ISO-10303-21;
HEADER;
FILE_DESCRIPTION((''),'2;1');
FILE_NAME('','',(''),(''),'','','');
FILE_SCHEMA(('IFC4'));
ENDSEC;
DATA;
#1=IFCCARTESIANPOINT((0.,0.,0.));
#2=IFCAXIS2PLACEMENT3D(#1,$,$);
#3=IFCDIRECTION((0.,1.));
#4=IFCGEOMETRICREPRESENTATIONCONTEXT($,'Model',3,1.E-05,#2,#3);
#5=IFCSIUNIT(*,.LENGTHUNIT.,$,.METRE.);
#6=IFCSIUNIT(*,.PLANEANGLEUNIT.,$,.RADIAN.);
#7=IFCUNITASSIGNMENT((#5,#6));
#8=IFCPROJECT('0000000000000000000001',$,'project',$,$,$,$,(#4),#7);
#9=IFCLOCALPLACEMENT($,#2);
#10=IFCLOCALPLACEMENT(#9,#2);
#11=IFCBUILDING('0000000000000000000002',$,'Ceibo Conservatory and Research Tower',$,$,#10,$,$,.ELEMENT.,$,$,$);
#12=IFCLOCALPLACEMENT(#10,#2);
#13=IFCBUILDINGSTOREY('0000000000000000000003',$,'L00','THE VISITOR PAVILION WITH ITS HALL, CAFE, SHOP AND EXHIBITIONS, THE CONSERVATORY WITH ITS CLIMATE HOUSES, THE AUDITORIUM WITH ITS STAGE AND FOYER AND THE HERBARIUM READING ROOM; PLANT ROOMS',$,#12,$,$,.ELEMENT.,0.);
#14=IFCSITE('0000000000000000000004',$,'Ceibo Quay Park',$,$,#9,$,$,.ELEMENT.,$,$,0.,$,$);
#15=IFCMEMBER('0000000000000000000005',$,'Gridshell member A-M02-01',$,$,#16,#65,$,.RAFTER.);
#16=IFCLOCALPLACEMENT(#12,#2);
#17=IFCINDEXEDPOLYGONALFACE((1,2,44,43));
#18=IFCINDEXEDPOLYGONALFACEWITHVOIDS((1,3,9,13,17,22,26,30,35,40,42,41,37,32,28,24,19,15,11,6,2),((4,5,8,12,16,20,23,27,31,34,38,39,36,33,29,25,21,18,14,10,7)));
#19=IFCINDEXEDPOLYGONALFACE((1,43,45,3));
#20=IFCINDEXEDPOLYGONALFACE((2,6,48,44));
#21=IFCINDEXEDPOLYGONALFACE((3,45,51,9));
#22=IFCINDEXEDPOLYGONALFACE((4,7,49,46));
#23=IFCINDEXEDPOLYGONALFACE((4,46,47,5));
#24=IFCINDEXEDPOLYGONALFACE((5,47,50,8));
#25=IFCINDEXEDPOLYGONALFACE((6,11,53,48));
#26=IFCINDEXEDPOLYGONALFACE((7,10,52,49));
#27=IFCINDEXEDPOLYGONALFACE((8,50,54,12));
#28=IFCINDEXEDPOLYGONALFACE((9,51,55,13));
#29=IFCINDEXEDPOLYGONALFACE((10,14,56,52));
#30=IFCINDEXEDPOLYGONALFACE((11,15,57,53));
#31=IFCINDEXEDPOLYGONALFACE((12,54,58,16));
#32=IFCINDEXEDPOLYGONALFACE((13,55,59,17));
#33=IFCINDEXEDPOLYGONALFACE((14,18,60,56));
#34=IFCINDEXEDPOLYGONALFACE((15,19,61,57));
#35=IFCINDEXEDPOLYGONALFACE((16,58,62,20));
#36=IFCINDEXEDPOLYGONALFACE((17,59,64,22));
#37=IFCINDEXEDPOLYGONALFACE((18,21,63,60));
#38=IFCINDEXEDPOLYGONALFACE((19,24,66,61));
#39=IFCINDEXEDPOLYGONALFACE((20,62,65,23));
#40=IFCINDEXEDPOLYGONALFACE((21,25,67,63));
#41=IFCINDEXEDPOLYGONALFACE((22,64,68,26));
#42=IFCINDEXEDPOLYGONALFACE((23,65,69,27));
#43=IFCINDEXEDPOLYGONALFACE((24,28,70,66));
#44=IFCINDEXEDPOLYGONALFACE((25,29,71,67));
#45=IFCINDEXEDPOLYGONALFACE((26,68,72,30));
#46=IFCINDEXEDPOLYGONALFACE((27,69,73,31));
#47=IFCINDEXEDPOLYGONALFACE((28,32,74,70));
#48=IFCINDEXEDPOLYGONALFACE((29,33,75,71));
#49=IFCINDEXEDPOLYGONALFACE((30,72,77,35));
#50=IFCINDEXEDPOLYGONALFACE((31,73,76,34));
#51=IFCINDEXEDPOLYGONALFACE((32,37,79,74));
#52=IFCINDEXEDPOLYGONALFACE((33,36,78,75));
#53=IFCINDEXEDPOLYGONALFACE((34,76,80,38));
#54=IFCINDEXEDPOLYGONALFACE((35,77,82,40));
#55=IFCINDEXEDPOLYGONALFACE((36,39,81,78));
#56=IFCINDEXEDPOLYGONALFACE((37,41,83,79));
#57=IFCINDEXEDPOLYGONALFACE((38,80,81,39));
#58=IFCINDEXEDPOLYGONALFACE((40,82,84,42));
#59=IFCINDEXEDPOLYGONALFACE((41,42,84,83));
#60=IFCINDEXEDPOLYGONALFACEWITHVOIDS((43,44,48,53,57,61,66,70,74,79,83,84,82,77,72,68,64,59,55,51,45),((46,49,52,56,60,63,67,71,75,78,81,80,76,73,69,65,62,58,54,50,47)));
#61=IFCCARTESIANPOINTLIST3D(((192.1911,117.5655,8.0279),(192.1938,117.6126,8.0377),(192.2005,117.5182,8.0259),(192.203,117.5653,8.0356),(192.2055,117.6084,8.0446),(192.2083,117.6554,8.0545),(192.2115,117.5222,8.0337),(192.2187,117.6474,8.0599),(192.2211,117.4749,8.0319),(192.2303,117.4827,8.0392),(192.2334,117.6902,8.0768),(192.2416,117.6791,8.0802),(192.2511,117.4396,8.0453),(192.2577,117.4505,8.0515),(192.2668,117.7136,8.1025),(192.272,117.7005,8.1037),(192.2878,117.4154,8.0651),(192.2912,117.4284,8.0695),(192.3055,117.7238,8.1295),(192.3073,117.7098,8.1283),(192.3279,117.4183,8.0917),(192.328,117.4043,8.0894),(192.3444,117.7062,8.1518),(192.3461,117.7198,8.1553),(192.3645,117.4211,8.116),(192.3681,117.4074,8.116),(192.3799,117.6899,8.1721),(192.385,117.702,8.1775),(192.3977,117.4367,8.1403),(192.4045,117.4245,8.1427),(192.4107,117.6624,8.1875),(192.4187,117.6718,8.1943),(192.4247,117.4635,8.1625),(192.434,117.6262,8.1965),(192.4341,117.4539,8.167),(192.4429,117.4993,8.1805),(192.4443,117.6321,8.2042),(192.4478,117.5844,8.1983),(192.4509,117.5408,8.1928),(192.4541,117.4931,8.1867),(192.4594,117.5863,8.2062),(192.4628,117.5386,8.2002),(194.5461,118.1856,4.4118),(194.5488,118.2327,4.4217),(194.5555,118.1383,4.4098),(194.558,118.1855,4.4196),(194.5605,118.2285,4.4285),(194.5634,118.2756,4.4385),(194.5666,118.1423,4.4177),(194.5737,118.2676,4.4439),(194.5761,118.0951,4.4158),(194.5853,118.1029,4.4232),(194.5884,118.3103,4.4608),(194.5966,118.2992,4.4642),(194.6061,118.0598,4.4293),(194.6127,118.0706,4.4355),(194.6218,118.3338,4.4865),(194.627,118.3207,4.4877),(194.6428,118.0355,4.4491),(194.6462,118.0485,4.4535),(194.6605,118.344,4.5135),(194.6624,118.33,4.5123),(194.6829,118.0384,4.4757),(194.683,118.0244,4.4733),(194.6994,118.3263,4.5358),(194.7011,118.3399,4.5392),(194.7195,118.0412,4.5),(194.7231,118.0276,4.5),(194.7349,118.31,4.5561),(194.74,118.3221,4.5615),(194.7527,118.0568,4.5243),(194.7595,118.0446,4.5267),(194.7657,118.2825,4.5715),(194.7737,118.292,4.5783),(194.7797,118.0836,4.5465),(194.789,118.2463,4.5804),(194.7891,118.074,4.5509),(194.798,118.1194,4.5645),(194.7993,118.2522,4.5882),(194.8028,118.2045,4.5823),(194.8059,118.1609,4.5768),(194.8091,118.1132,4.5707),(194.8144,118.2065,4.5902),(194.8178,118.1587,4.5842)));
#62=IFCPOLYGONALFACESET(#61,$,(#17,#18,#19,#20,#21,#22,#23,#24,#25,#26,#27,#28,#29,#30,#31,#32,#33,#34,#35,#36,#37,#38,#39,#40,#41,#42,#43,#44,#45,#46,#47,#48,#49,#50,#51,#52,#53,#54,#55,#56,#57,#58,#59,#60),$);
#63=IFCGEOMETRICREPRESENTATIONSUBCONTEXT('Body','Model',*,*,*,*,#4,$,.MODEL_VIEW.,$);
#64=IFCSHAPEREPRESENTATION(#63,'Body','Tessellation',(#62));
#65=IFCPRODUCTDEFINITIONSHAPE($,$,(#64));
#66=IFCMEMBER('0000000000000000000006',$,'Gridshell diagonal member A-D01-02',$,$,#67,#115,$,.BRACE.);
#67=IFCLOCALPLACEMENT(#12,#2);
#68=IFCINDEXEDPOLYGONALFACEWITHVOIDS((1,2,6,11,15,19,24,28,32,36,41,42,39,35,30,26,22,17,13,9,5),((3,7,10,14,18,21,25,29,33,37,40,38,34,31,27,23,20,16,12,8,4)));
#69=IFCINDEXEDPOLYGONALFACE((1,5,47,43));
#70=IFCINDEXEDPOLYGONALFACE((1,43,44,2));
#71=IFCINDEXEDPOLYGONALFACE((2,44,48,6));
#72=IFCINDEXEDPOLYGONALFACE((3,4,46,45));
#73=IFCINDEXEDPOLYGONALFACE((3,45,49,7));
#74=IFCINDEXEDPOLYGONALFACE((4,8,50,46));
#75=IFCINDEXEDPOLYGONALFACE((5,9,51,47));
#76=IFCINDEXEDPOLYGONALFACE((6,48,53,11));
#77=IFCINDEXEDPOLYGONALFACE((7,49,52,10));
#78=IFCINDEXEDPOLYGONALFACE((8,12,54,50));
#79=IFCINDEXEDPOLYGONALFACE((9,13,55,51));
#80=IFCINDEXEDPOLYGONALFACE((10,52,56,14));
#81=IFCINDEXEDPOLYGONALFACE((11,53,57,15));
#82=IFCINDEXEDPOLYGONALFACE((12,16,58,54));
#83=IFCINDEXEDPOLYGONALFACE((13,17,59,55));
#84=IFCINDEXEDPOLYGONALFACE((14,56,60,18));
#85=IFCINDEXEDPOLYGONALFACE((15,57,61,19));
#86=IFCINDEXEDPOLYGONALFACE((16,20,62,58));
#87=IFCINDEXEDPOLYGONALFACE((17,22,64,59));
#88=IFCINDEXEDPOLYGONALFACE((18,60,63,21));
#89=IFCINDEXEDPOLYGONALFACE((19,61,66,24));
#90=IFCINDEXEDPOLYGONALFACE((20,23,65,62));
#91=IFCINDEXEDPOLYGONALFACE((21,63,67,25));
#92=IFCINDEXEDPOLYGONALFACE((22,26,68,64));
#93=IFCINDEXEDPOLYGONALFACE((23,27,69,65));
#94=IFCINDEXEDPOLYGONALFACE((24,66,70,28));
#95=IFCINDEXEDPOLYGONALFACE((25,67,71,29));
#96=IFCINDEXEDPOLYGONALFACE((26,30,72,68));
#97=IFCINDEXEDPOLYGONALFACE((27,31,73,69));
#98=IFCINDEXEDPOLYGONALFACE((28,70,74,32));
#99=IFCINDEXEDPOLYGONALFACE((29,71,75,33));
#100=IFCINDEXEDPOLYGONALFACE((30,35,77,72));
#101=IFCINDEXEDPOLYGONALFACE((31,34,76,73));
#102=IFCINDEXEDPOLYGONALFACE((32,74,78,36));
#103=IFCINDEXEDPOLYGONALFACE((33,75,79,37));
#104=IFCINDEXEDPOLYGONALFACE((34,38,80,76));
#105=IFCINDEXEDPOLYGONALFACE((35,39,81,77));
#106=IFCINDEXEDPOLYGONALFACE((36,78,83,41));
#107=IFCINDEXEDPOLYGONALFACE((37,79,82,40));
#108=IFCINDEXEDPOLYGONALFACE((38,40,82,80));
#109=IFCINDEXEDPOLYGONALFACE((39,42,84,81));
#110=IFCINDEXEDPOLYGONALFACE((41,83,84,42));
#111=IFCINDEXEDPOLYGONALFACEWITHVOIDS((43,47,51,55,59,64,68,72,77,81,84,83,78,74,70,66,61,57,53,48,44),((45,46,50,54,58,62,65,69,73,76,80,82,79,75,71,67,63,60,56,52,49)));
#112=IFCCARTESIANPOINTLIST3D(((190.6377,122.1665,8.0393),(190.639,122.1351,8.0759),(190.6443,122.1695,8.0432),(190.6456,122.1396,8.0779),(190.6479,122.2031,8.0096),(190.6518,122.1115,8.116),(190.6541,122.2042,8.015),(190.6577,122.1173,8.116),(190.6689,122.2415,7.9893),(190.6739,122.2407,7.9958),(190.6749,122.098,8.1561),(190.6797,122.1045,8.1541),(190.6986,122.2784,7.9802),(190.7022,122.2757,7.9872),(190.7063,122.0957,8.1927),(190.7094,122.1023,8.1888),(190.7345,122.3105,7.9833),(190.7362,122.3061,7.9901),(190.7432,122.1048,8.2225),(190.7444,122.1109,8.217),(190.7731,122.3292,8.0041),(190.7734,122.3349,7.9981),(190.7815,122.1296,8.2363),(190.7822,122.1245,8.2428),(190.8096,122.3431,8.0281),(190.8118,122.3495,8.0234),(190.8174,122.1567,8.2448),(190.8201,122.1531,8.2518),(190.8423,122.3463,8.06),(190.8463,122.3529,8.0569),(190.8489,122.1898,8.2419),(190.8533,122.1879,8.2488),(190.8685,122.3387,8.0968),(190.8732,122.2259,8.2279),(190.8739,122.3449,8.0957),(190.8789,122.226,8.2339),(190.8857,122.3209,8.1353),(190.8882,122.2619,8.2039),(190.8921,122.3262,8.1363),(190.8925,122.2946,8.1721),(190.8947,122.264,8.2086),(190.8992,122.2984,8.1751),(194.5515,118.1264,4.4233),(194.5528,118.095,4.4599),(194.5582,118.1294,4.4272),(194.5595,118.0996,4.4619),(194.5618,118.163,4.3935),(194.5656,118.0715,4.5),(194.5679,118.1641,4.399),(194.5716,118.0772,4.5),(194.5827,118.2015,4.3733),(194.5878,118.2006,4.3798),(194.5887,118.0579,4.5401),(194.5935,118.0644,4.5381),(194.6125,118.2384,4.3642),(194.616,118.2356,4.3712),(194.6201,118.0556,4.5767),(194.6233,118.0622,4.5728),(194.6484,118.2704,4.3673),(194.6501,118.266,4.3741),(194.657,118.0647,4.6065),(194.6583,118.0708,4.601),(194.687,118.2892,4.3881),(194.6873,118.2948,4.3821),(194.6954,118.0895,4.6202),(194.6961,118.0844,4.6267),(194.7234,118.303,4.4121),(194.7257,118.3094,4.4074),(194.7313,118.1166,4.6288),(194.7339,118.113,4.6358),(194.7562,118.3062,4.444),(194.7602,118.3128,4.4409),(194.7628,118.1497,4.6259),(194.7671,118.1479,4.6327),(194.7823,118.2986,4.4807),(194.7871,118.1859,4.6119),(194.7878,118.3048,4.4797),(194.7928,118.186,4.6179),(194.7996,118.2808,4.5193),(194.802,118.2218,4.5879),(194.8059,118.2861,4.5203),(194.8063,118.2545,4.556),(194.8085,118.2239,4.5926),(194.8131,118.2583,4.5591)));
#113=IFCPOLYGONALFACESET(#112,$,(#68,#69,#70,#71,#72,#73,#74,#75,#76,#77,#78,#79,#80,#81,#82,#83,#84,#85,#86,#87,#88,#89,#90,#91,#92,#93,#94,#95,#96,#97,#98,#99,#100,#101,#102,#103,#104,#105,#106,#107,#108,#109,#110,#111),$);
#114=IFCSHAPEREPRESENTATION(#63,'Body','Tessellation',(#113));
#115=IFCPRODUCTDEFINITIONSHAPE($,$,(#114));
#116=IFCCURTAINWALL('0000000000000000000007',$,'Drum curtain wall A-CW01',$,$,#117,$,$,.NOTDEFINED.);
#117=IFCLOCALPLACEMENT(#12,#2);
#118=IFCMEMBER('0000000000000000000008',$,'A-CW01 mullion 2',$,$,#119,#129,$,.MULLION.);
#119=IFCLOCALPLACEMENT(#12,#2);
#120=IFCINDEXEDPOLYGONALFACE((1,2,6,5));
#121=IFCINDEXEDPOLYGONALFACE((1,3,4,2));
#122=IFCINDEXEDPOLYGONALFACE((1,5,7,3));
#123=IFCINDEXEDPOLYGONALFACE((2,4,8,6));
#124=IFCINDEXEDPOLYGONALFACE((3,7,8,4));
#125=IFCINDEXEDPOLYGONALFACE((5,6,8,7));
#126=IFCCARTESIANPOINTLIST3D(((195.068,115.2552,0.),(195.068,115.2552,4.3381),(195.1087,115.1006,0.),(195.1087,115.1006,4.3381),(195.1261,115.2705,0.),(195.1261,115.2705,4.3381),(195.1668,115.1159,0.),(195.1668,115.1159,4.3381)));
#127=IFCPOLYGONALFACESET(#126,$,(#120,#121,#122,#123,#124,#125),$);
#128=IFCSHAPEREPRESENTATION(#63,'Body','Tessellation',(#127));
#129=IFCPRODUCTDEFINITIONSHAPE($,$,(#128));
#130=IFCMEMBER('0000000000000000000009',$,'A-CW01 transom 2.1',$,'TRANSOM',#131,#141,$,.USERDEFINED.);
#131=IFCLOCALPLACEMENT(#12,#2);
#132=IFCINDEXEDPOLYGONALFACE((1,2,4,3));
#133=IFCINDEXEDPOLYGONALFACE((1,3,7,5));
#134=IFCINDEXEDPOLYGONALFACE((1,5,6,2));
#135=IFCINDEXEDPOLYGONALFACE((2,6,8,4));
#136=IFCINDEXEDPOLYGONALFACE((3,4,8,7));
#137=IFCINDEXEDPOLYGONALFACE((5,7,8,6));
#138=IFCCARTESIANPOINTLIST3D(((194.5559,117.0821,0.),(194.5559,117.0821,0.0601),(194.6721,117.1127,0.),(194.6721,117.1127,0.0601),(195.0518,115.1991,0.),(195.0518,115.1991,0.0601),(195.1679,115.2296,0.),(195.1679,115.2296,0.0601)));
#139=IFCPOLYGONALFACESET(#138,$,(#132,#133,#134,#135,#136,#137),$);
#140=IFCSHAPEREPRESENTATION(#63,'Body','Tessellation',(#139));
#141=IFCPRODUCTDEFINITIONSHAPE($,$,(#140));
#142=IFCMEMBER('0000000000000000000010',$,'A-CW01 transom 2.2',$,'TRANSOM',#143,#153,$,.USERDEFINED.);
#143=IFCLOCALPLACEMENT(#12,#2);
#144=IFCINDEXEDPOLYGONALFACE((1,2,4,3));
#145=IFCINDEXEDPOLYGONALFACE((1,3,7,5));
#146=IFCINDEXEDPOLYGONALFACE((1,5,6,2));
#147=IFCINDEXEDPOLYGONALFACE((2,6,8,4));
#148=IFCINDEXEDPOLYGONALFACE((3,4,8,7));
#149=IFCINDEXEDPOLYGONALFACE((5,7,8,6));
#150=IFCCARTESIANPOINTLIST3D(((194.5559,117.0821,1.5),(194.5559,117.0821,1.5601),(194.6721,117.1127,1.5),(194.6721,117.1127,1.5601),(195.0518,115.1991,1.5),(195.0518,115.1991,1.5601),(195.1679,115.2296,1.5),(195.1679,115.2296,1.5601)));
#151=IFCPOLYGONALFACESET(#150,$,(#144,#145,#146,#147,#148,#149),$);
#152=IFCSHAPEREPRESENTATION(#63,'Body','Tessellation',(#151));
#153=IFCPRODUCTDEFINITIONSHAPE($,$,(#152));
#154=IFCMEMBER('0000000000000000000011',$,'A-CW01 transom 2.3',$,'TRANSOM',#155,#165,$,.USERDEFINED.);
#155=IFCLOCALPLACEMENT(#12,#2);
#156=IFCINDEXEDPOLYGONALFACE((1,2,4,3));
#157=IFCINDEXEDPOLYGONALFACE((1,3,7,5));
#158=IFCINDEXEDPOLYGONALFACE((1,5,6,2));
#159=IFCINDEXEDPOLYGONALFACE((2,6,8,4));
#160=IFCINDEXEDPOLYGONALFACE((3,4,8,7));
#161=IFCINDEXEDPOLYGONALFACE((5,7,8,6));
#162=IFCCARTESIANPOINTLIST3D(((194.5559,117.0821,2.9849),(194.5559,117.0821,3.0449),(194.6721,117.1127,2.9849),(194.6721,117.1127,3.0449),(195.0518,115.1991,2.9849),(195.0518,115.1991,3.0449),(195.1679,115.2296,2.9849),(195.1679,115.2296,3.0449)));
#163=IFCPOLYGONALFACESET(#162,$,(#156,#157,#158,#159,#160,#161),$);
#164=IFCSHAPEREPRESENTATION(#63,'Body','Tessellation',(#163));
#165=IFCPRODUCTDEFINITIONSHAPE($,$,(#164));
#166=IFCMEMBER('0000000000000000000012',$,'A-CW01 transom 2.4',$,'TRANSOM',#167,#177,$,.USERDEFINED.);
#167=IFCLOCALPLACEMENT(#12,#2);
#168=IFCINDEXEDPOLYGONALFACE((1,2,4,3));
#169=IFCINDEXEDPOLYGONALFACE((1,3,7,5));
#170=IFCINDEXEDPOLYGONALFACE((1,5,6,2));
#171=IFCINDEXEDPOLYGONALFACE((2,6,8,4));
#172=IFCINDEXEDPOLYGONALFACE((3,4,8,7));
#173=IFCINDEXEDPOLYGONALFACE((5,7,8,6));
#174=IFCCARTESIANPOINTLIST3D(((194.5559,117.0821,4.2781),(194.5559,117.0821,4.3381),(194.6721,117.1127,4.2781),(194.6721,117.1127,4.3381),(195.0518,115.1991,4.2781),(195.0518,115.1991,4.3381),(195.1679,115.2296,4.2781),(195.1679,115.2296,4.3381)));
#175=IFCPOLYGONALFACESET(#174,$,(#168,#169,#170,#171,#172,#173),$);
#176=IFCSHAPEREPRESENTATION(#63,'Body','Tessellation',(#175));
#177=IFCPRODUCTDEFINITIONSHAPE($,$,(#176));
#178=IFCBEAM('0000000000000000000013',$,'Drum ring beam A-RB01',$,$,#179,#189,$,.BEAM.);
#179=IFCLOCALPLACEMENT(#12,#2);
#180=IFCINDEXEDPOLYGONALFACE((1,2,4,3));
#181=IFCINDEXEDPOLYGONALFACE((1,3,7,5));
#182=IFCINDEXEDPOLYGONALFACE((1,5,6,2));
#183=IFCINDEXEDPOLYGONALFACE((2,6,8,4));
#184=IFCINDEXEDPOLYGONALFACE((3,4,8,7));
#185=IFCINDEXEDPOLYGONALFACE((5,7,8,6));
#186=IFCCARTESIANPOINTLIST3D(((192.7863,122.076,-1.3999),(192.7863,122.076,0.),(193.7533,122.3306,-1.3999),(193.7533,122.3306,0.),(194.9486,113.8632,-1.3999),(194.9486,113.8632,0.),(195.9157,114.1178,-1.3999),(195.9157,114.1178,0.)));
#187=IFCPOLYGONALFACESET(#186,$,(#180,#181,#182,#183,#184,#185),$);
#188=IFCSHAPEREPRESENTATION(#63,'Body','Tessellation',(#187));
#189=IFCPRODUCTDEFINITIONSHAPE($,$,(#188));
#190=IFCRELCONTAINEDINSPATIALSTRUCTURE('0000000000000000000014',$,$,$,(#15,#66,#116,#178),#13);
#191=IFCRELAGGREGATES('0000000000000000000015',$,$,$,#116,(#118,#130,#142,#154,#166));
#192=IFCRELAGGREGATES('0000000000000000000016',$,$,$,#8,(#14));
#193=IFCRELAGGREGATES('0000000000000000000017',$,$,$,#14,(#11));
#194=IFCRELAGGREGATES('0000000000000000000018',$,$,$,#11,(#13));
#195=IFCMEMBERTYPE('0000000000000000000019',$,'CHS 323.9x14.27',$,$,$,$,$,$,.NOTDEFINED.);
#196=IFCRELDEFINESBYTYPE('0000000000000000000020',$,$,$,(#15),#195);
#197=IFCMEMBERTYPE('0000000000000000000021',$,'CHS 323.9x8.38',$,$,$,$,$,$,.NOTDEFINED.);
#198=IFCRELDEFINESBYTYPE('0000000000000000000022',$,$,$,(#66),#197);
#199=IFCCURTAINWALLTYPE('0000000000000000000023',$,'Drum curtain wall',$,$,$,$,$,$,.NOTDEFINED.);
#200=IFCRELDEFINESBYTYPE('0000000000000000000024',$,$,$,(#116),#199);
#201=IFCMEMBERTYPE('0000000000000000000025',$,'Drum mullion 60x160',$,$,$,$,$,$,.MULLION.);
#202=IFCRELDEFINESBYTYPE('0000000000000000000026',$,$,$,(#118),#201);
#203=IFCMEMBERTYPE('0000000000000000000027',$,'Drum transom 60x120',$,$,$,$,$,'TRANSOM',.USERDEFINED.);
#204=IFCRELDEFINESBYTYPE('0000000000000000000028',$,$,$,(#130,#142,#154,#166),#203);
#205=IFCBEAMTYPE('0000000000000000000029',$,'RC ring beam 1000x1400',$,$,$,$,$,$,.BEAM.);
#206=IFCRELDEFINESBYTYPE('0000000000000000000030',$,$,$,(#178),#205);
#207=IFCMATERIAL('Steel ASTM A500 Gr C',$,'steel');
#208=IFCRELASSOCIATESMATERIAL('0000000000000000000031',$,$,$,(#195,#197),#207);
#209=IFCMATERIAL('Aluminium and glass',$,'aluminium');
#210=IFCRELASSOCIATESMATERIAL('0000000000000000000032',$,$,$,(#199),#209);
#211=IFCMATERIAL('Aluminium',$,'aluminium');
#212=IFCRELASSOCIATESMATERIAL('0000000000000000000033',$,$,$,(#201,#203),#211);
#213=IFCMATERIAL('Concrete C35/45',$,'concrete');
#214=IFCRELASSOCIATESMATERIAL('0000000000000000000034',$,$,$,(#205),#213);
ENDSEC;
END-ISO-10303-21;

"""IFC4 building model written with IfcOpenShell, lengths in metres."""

from ifc_helpers import new_model, si_unit, direction, frame, origin, origin_2d, place, context, subcontext, project, spatial, rectangle, hollow_circle, extrude, material, material_profile, profile_set, type_object, element, aggregate, save


model = new_model("IFC4")

# Units and contexts
model_context = context("Model", 3, precision=1e-05, world=origin(), true_north=direction((0.0, 1.0)))
body_context = subcontext(model_context, "Body", "Model", "MODEL_VIEW")
ifc_project = project(units=[si_unit("LENGTHUNIT", "METRE"), si_unit("PLANEANGLEUNIT", "RADIAN")], contexts=[model_context])

# Site, building, storey
site_placement = place(None, origin())
site = spatial("IfcSite", under=ifc_project, at=site_placement, Name="Ceibo Quay Park", CompositionType="ELEMENT", RefElevation=0.0)
building_placement = place(site_placement, origin())
building = spatial("IfcBuilding", under=site, at=building_placement, Name="Ceibo Conservatory and Research Tower", CompositionType="ELEMENT")
storey_placement = place(building_placement, origin())
storey = spatial("IfcBuildingStorey", under=building, at=storey_placement, Name="L00", Description="THE VISITOR PAVILION WITH ITS HALL, CAFE, SHOP AND EXHIBITIONS, THE CONSERVATORY WITH ITS CLIMATE HOUSES, THE AUDITORIUM WITH ITS STAGE AND FOYER AND THE HERBARIUM READING ROOM; PLANT ROOMS", CompositionType="ELEMENT", Elevation=0.0)

# Shared definitions
ifc_material_1 = material(Name="Concrete C35/45", Category="concrete")

# Shared definitions
ifc_material_2 = material(Name="Steel ASTM A500 Gr C", Category="steel")

# Members
ifc_material_profile_1 = material_profile(ifc_material_2, hollow_circle(Radius=0.1619, WallThickness=0.0142, at=origin_2d()), Name="CHS 323.9x14.27")
ifc_profile_set_1 = profile_set([ifc_material_profile_1], Name="Steel ASTM A500 Gr C")
member_type_1 = type_object("IfcMemberType", Name="CHS 323.9x14.27", PredefinedType="NOTDEFINED", material=ifc_profile_set_1)
member_1_placement = place(storey_placement, frame((194.6819, 118.1841, 4.5), z_axis=(-0.540189, -0.142243, 0.829435), x_axis=(0.254641, -0.967036, 0.0)))
element("IfcMember", 1, at=member_1_placement, inside=storey, type_object=member_type_1, Name="Gridshell member A-M02-01", PredefinedType="RAFTER", context=body_context, shape_type="SweptSolid", body=[
    extrude(hollow_circle(Radius=0.1619, WallThickness=0.0142, at=origin_2d()), origin(), (0.0, 0.0, 1.0), 4.3596),
])
ifc_material_profile_2 = material_profile(ifc_material_2, hollow_circle(Radius=0.1619, WallThickness=0.0083, at=origin_2d()), Name="CHS 323.9x8.38")
ifc_profile_set_2 = profile_set([ifc_material_profile_2], Name="Steel ASTM A500 Gr C")
member_type_2 = type_object("IfcMemberType", Name="CHS 323.9x8.38", PredefinedType="NOTDEFINED", material=ifc_profile_set_2)
member_2_placement = place(storey_placement, frame((194.6819, 118.1841, 4.5), z_axis=(-0.585293, 0.604169, 0.540751), x_axis=(-0.718238, -0.695798, 0.0)))
element("IfcMember", 2, at=member_2_placement, inside=storey, type_object=member_type_2, Name="Gridshell diagonal member A-D01-02", PredefinedType="BRACE", context=body_context, shape_type="SweptSolid", body=[
    extrude(hollow_circle(Radius=0.1619, WallThickness=0.0083, at=origin_2d()), origin(), (0.0, 0.0, 1.0), 6.687),
])

# Curtain wall, members
ifc_material_3 = material(Name="Aluminium and glass", Category="aluminium")
curtain_wall_type = type_object("IfcCurtainWallType", Name="Drum curtain wall", PredefinedType="NOTDEFINED", material=ifc_material_3)
curtain_wall_placement = place(storey_placement, origin())
curtain_wall = element("IfcCurtainWall", 3, at=curtain_wall_placement, inside=storey, type_object=curtain_wall_type, Name="Drum curtain wall A-CW01", PredefinedType="NOTDEFINED")
ifc_material_4 = material(Name="Aluminium", Category="aluminium")
ifc_material_profile_3 = material_profile(ifc_material_4, rectangle(XDim=0.0601, YDim=0.1599, at=origin_2d()), Name="AL 60x160")
ifc_profile_set_3 = profile_set([ifc_material_profile_3], Name="Aluminium")
member_type_3 = type_object("IfcMemberType", Name="Drum mullion 60x160", PredefinedType="MULLION", material=ifc_profile_set_3)
member_3_placement = place(storey_placement, frame((195.1174, 115.1855, 0.0), z_axis=(0.0, 0.0, 1.0), x_axis=(-0.967046, -0.254602, 0.0)))
member_3 = element("IfcMember", 4, at=member_3_placement, type_object=member_type_3, Name="A-CW01 mullion 2", PredefinedType="MULLION", context=body_context, shape_type="SweptSolid", body=[
    extrude(rectangle(XDim=0.0601, YDim=0.1599, at=origin_2d()), origin(), (0.0, 0.0, 1.0), 4.3381),
])
ifc_material_profile_4 = material_profile(ifc_material_4, rectangle(XDim=0.1201, YDim=0.0601, at=origin_2d()), Name="AL 60x120")
ifc_profile_set_4 = profile_set([ifc_material_profile_4], Name="Aluminium")
member_type_4 = type_object("IfcMemberType", Name="Drum transom 60x120", ElementType="TRANSOM", PredefinedType="USERDEFINED", material=ifc_profile_set_4)
member_4_placement = place(storey_placement, frame((195.1099, 115.2144, 0.03), z_axis=(-0.254641, 0.967036, 0.0), x_axis=(-0.967036, -0.254641, 0.0)))
member_4 = element("IfcMember", 5, at=member_4_placement, type_object=member_type_4, Name="A-CW01 transom 2.1", ObjectType="TRANSOM", PredefinedType="USERDEFINED", context=body_context, shape_type="SweptSolid", body=[
    extrude(rectangle(XDim=0.1201, YDim=0.0601, at=origin_2d()), origin(), (0.0, 0.0, 1.0), 1.9473),
])
member_5_placement = place(storey_placement, frame((195.1099, 115.2144, 1.53), z_axis=(-0.254641, 0.967036, 0.0), x_axis=(-0.967036, -0.254641, 0.0)))
member_5 = element("IfcMember", 6, at=member_5_placement, type_object=member_type_4, Name="A-CW01 transom 2.2", ObjectType="TRANSOM", PredefinedType="USERDEFINED", context=body_context, shape_type="SweptSolid", body=[
    extrude(rectangle(XDim=0.1201, YDim=0.0601, at=origin_2d()), origin(), (0.0, 0.0, 1.0), 1.9473),
])
member_6_placement = place(storey_placement, frame((195.1099, 115.2144, 3.0149), z_axis=(-0.254641, 0.967036, 0.0), x_axis=(-0.967036, -0.254641, 0.0)))
member_6 = element("IfcMember", 7, at=member_6_placement, type_object=member_type_4, Name="A-CW01 transom 2.3", ObjectType="TRANSOM", PredefinedType="USERDEFINED", context=body_context, shape_type="SweptSolid", body=[
    extrude(rectangle(XDim=0.1201, YDim=0.0601, at=origin_2d()), origin(), (0.0, 0.0, 1.0), 1.9473),
])
member_7_placement = place(storey_placement, frame((195.1099, 115.2144, 4.3081), z_axis=(-0.254641, 0.967036, 0.0), x_axis=(-0.967036, -0.254641, 0.0)))
member_7 = element("IfcMember", 8, at=member_7_placement, type_object=member_type_4, Name="A-CW01 transom 2.4", ObjectType="TRANSOM", PredefinedType="USERDEFINED", context=body_context, shape_type="SweptSolid", body=[
    extrude(rectangle(XDim=0.1201, YDim=0.0601, at=origin_2d()), origin(), (0.0, 0.0, 1.0), 1.9473),
])

# Beam
ifc_material_profile_5 = material_profile(ifc_material_1, rectangle(XDim=1.0, YDim=1.3999, at=origin_2d()), Name="RC 1000x1400")
ifc_profile_set_5 = profile_set([ifc_material_profile_5], Name="Concrete C35/45")
beam_type = type_object("IfcBeamType", Name="RC ring beam 1000x1400", PredefinedType="BEAM", material=ifc_profile_set_5)
beam_placement = place(storey_placement, frame((195.4321, 113.9905, -0.7), z_axis=(-0.254611, 0.967044, 0.0), x_axis=(-0.967044, -0.254611, 0.0)))
element("IfcBeam", 9, at=beam_placement, inside=storey, type_object=beam_type, Name="Drum ring beam A-RB01", PredefinedType="BEAM", context=body_context, shape_type="SweptSolid", body=[
    extrude(rectangle(XDim=1.0, YDim=1.3999, at=origin_2d()), origin(), (0.0, 0.0, 1.0), 8.4927),
])

aggregate(curtain_wall, [member_3, member_4, member_5, member_6, member_7])

save(model, "model.ifc")
